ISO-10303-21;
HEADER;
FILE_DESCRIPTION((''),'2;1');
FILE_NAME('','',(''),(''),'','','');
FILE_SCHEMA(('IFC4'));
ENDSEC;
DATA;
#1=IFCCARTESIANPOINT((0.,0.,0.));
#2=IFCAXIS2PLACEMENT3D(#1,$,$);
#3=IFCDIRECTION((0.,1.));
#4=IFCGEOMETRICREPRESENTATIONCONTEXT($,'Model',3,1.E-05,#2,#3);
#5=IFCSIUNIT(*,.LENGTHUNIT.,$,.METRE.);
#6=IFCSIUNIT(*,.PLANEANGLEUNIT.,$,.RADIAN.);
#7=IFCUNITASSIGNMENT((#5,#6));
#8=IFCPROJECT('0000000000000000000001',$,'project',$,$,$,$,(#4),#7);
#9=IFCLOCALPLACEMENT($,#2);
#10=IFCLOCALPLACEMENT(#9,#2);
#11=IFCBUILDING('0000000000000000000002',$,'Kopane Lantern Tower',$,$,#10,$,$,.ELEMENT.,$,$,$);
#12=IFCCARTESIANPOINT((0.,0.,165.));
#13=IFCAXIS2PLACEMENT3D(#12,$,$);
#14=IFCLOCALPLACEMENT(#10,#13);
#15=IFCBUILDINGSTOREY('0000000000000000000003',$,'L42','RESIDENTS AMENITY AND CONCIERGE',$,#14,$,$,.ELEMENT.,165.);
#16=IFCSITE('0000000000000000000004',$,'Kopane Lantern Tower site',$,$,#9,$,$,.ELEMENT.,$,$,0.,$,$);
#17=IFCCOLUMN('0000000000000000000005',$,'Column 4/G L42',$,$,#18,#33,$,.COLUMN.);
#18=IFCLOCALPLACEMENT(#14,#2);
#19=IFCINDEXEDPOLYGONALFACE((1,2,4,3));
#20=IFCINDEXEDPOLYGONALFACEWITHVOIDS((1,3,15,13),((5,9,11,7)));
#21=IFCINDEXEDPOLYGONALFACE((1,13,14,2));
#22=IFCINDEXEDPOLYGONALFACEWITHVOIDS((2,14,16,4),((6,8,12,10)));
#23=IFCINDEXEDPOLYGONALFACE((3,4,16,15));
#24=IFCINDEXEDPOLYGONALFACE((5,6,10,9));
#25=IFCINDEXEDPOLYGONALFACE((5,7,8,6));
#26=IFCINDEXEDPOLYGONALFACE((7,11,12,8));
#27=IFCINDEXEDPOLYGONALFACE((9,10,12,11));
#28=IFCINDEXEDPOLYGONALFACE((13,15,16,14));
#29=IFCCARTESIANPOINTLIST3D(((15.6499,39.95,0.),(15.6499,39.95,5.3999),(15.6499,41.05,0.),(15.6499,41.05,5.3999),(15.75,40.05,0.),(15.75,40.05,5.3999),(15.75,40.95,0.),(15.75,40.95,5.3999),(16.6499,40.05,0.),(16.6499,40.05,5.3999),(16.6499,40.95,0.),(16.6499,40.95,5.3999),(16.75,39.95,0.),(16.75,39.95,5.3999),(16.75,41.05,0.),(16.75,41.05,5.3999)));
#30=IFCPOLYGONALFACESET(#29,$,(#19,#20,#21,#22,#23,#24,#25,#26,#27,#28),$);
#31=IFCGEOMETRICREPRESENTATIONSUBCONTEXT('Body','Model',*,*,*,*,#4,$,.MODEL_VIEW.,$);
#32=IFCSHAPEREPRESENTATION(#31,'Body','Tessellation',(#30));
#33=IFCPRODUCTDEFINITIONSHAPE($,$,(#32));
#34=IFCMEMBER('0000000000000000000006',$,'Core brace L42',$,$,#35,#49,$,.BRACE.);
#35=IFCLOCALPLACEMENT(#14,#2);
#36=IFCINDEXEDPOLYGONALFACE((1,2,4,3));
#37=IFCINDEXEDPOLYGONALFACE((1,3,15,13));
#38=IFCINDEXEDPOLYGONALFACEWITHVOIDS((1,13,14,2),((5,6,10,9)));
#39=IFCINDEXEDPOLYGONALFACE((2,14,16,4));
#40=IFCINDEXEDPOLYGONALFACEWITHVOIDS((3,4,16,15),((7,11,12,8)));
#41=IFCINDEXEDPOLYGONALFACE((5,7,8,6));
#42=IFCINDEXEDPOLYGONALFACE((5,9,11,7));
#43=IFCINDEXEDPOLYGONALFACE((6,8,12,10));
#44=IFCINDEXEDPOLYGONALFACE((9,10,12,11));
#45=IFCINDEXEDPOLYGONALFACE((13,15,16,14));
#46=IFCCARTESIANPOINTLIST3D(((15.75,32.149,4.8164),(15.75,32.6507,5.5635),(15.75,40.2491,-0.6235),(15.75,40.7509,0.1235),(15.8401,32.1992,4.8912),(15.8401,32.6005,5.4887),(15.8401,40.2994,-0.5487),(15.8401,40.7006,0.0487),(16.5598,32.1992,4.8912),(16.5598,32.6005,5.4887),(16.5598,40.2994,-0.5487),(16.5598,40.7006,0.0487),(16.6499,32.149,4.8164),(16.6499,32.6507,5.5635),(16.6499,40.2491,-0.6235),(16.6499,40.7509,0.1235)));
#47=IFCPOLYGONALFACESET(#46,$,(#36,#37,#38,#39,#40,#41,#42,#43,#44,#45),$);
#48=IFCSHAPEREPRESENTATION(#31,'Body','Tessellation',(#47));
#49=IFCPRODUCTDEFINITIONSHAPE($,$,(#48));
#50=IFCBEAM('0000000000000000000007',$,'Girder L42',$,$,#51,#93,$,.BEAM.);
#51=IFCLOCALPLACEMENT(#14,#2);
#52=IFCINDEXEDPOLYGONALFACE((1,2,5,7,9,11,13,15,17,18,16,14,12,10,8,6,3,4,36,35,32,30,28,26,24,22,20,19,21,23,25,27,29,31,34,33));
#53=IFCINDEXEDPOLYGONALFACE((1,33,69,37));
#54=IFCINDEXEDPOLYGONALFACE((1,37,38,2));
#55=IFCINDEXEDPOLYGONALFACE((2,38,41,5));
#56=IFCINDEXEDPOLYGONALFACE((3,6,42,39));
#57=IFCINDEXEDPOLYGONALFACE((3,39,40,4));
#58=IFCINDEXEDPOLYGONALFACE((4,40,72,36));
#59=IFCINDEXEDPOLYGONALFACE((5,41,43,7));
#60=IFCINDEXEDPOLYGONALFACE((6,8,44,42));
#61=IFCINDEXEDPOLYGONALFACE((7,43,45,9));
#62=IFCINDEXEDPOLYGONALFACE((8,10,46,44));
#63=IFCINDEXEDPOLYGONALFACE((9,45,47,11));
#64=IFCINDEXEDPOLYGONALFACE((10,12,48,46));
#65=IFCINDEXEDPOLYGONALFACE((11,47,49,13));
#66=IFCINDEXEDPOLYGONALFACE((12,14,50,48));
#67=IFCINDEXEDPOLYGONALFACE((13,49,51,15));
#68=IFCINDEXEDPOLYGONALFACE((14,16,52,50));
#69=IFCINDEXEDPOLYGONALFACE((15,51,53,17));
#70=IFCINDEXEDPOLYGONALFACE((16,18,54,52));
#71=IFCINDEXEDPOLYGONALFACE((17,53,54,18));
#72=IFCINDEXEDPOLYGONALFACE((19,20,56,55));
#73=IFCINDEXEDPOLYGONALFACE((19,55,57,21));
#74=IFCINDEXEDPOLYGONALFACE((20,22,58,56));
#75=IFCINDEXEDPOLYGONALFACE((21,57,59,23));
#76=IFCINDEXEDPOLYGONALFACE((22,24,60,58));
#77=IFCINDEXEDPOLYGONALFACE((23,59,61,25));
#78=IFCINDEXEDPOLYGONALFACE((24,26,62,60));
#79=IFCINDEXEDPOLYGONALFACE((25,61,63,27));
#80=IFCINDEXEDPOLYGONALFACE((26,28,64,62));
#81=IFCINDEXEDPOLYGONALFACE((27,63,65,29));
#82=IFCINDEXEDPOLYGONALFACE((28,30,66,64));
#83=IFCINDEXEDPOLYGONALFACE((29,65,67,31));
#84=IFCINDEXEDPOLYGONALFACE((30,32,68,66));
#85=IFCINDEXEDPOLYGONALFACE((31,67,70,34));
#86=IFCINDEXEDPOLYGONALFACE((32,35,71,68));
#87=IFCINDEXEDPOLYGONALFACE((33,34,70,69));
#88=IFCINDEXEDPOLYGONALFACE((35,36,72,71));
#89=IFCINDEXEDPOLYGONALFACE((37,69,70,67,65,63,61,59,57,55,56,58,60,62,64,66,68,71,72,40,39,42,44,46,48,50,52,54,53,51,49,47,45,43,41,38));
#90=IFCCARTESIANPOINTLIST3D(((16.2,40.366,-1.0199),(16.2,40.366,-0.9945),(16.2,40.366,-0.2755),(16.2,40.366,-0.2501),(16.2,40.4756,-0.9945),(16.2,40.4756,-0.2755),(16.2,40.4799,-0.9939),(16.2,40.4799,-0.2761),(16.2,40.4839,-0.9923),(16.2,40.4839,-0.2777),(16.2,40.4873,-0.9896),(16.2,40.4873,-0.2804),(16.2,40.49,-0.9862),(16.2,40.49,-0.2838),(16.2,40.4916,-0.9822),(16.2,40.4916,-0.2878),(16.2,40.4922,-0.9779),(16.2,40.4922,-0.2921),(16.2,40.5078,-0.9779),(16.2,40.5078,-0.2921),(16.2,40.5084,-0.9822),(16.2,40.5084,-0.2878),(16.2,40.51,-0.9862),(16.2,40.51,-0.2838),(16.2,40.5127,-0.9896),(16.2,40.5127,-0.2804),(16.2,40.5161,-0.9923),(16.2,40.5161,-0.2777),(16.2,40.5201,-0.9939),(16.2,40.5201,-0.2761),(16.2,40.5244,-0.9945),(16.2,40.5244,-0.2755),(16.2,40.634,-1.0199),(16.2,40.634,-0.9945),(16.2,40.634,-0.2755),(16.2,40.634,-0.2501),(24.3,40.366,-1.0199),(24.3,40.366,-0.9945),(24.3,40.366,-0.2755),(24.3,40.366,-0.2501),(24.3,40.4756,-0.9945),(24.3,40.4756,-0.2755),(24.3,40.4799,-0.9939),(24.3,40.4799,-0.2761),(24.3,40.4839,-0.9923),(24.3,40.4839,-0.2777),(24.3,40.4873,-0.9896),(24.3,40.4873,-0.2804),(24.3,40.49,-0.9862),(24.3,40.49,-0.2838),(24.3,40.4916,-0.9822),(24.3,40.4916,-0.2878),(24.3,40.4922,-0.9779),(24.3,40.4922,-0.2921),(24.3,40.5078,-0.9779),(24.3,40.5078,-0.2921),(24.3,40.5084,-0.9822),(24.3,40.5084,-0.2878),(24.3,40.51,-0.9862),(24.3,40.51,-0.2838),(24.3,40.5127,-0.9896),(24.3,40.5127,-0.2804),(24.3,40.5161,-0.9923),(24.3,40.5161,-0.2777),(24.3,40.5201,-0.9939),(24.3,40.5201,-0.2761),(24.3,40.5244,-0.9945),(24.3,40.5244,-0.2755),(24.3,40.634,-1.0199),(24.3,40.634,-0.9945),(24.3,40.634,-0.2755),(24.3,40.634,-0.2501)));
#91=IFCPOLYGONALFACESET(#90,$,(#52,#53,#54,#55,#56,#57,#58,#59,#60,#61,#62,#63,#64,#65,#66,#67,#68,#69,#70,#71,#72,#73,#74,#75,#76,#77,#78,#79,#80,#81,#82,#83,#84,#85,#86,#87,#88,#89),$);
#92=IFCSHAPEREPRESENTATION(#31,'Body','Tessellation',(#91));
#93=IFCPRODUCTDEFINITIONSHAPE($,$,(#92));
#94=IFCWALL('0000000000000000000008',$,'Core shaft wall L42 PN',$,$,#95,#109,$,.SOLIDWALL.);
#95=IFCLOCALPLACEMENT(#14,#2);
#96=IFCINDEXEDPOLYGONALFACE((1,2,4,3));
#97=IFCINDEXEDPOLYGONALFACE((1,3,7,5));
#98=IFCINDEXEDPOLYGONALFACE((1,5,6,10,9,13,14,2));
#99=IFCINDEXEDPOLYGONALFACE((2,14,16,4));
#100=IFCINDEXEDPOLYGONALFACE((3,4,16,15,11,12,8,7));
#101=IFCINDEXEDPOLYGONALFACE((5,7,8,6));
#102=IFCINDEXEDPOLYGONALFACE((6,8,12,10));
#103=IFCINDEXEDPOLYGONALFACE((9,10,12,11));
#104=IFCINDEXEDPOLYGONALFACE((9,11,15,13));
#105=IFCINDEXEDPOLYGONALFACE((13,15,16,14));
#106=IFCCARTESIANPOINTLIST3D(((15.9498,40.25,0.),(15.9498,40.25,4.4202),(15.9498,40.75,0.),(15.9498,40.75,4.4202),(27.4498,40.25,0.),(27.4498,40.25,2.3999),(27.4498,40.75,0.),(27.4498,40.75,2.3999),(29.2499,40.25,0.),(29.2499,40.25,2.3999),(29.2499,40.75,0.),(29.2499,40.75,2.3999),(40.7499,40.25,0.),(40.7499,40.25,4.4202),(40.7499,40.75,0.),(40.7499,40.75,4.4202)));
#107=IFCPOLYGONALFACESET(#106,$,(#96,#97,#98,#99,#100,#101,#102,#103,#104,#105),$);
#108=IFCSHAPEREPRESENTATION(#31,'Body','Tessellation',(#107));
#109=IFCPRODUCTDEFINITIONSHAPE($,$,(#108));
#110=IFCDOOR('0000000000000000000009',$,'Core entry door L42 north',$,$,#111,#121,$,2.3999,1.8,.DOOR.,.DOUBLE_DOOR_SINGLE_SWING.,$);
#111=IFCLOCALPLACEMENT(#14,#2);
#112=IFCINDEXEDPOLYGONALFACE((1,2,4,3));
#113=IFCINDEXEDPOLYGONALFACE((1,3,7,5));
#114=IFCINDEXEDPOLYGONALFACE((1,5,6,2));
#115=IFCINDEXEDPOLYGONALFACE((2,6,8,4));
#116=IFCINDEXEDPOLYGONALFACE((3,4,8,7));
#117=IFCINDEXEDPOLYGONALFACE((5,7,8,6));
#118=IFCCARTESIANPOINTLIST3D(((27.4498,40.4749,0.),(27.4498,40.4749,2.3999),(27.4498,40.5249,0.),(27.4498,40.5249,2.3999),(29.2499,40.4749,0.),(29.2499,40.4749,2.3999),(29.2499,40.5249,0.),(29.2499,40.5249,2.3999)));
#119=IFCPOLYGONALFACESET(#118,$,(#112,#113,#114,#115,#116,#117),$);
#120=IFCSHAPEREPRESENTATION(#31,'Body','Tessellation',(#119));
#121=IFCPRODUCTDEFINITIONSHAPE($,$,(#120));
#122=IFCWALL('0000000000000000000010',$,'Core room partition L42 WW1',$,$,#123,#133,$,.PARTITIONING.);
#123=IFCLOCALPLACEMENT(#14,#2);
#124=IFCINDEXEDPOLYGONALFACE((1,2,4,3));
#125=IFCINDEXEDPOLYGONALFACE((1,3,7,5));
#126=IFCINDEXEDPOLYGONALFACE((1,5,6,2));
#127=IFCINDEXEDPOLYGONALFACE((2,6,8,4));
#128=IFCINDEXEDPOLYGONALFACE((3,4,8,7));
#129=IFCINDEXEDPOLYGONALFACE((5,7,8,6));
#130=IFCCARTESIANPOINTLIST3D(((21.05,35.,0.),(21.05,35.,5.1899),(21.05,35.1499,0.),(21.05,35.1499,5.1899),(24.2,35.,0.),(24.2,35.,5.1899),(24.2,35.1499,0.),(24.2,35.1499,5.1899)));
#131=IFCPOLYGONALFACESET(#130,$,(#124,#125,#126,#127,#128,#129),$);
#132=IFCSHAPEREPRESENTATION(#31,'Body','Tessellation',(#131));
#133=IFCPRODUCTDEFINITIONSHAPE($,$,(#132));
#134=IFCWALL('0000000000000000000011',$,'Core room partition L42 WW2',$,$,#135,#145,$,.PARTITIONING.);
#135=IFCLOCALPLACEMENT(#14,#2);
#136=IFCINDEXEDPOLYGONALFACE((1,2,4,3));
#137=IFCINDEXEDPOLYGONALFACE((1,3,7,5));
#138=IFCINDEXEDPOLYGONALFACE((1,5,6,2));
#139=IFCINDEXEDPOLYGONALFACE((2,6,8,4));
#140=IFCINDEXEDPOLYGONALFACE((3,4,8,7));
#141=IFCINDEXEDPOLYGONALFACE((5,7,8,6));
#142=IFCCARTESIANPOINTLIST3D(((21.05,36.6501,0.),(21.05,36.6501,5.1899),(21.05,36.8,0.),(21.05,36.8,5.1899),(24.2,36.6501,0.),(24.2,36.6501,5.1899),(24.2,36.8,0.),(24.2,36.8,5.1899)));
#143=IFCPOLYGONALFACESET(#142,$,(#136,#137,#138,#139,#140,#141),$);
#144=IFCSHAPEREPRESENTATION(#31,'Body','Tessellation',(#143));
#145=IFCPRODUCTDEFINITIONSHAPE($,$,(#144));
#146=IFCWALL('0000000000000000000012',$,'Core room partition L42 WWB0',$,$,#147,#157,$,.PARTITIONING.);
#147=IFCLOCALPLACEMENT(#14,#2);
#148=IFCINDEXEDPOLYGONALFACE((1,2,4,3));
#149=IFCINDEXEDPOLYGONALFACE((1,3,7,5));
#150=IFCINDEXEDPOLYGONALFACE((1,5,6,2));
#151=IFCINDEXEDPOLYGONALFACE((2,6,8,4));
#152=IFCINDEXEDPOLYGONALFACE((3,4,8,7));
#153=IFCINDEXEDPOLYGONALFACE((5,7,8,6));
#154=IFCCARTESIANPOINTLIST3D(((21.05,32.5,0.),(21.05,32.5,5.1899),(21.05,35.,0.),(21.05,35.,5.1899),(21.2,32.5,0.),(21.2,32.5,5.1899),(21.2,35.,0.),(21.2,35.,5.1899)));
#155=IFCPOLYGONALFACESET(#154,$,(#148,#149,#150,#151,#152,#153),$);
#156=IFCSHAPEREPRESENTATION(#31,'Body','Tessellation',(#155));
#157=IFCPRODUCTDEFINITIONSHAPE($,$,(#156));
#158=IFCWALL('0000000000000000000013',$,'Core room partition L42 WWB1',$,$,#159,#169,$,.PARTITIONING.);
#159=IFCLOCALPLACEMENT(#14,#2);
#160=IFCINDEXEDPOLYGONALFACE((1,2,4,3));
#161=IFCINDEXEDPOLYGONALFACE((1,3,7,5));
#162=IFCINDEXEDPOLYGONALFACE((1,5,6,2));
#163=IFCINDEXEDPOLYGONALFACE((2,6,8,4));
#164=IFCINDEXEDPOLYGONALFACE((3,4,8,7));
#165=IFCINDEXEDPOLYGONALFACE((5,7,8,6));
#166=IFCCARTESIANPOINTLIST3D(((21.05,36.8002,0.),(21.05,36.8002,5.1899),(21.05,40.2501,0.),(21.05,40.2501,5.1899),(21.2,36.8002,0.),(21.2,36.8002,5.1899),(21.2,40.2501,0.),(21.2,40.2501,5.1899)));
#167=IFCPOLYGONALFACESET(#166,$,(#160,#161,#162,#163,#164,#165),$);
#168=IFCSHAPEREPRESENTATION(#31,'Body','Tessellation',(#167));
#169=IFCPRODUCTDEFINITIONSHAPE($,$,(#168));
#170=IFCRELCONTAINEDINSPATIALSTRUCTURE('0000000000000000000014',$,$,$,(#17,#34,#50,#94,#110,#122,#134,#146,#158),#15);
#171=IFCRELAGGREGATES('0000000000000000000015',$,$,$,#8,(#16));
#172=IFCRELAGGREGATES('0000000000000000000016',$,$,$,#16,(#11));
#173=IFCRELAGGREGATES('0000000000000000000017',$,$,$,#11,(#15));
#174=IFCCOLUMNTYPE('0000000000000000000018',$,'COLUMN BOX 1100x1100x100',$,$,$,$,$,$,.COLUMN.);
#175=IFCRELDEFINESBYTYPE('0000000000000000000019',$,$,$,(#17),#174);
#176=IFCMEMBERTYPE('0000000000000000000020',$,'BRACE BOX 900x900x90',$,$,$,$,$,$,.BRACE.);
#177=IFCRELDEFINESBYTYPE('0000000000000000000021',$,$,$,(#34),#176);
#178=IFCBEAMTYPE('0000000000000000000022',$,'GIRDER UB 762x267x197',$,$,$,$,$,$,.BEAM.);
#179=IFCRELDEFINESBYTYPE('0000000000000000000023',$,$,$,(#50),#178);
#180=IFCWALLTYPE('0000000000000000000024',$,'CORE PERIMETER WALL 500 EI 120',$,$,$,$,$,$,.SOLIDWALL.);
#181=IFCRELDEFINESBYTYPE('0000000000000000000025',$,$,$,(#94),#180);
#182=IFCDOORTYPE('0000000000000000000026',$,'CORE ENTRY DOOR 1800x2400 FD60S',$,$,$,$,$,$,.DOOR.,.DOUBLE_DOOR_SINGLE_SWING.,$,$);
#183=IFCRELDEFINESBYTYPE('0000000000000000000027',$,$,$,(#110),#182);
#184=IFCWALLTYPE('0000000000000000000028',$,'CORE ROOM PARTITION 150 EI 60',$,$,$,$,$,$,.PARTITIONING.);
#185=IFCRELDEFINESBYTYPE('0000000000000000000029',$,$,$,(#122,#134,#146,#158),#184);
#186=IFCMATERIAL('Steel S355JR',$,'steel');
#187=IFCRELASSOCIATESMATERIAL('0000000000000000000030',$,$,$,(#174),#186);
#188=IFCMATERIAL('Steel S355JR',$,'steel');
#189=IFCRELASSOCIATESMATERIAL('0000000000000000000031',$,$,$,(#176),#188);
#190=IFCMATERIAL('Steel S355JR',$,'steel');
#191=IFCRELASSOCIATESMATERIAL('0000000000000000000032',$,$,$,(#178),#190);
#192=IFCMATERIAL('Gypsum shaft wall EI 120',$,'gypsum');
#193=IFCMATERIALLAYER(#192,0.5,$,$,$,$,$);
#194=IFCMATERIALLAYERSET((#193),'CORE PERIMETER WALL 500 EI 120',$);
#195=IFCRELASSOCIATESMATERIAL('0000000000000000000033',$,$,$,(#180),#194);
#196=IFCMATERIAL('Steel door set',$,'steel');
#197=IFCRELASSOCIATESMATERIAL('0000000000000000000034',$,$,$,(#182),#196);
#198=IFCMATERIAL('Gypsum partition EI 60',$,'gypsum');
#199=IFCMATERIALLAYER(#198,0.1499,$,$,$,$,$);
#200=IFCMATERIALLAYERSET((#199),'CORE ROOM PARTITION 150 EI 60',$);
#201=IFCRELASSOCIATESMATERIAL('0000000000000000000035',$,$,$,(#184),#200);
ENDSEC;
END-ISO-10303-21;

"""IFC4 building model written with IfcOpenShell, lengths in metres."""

from ifc_helpers import new_model, si_unit, direction, frame, frame_2d, origin, origin_2d, place, context, subcontext, project, spatial, rectangle, hollow_rectangle, i_section, extrude, material, layer, layer_set, material_profile, profile_set, type_object, element, fill, save


model = new_model("IFC4")

# Units and contexts
model_context = context("Model", 3, precision=1e-05, world=origin(), true_north=direction((0.0, 1.0)))
body_context = subcontext(model_context, "Body", "Model", "MODEL_VIEW")
ifc_project = project(units=[si_unit("LENGTHUNIT", "METRE"), si_unit("PLANEANGLEUNIT", "RADIAN")], contexts=[model_context])

# Site, building, storey
site_placement = place(None, origin())
site = spatial("IfcSite", under=ifc_project, at=site_placement, Name="Kopane Lantern Tower site", CompositionType="ELEMENT", RefElevation=0.0)
building_placement = place(site_placement, origin())
building = spatial("IfcBuilding", under=site, at=building_placement, Name="Kopane Lantern Tower", CompositionType="ELEMENT")
storey_placement = place(building_placement, frame((0.0, 0.0, 165.0)))
storey = spatial("IfcBuildingStorey", under=building, at=storey_placement, Name="L42", Description="RESIDENTS AMENITY AND CONCIERGE", CompositionType="ELEMENT", Elevation=165.0)

# Column
ifc_material_1 = material(Name="Steel S355JR", Category="steel")
ifc_material_profile_1 = material_profile(ifc_material_1, hollow_rectangle(XDim=1.1001, YDim=1.1001, WallThickness=0.1001, at=origin_2d()), Name="BOX 1100x1100x100")
ifc_profile_set_1 = profile_set([ifc_material_profile_1], Name="Steel S355JR")
column_type = type_object("IfcColumnType", Name="COLUMN BOX 1100x1100x100", PredefinedType="COLUMN", material=ifc_profile_set_1)
column_placement = place(storey_placement, frame((16.2, 40.5, 0.0), z_axis=(0.0, 0.0, 1.0), x_axis=(1.0, 0.0, 0.0)))
element("IfcColumn", 1, at=column_placement, inside=storey, type_object=column_type, Name="Column 4/G L42", PredefinedType="COLUMN", context=body_context, shape_type="SweptSolid", body=[
    extrude(hollow_rectangle(XDim=1.1001, YDim=1.1001, WallThickness=0.1001, at=origin_2d()), origin(), (0.0, 0.0, 1.0), 5.3999),
])

# Member
ifc_material_2 = material(Name="Steel S355JR", Category="steel")
ifc_material_profile_2 = material_profile(ifc_material_2, hollow_rectangle(XDim=0.8999, YDim=0.8999, WallThickness=0.0901, at=origin_2d()), Name="BOX 900x900x90")
ifc_profile_set_2 = profile_set([ifc_material_profile_2], Name="Steel S355JR")
member_type = type_object("IfcMemberType", Name="BRACE BOX 900x900x90", PredefinedType="BRACE", material=ifc_profile_set_2)
member_placement = place(storey_placement, frame((16.2, 40.5, -0.25), z_axis=(0.0, -0.830159, 0.557526), x_axis=(1.0, 0.0, 0.0)))
element("IfcMember", 2, at=member_placement, inside=storey, type_object=member_type, Name="Core brace L42", PredefinedType="BRACE", context=body_context, shape_type="SweptSolid", body=[
    extrude(hollow_rectangle(XDim=0.8999, YDim=0.8999, WallThickness=0.0901, at=origin_2d()), origin(), (0.0, 0.0, 1.0), 9.7573),
])

# Beam
ifc_material_3 = material(Name="Steel S355JR", Category="steel")
ifc_material_profile_3 = material_profile(ifc_material_3, i_section(OverallWidth=0.2681, OverallDepth=0.7698, WebThickness=0.0156, FlangeThickness=0.0254, FilletRadius=0.0166, at=origin_2d()), Name="UB 762x267x197")
ifc_profile_set_3 = profile_set([ifc_material_profile_3], Name="Steel S355JR")
beam_type = type_object("IfcBeamType", Name="GIRDER UB 762x267x197", PredefinedType="BEAM", material=ifc_profile_set_3)
beam_placement = place(storey_placement, frame((16.2, 40.5, -0.635), z_axis=(1.0, 0.0, 0.0), x_axis=(0.0, 1.0, 0.0)))
element("IfcBeam", 3, at=beam_placement, inside=storey, type_object=beam_type, Name="Girder L42", PredefinedType="BEAM", context=body_context, shape_type="SweptSolid", body=[
    extrude(i_section(OverallWidth=0.2681, OverallDepth=0.7698, WebThickness=0.0156, FlangeThickness=0.0254, FilletRadius=0.0166, at=origin_2d()), origin(), (0.0, 0.0, 1.0), 8.1001),
])

# Wall, opening, door
ifc_material_4 = material(Name="Gypsum shaft wall EI 120", Category="gypsum")
ifc_layer_1 = layer(ifc_material_4, 0.5)
ifc_layer_set_1 = layer_set([ifc_layer_1], Name="CORE PERIMETER WALL 500 EI 120")
wall_type_1 = type_object("IfcWallType", Name="CORE PERIMETER WALL 500 EI 120", PredefinedType="SOLIDWALL", material=ifc_layer_set_1)
wall_1_placement = place(storey_placement, frame((15.95, 40.5, 0.0), z_axis=(0.0, 0.0, 1.0), x_axis=(1.0, 0.0, 0.0)))
wall_1 = element("IfcWall", 4, at=wall_1_placement, inside=storey, type_object=wall_type_1, Name="Core shaft wall L42 PN", PredefinedType="SOLIDWALL", context=body_context, shape_type="SweptSolid", body=[
    extrude(rectangle(XDim=24.8, YDim=0.5, at=frame_2d((12.3999, 0.0))), origin(), (0.0, 0.0, 1.0), 4.4202),
])
opening_1_placement = place(wall_1_placement, frame((11.5, 0.0, 0.0)))
opening_1 = element("IfcOpeningElement", 5, at=opening_1_placement, cuts=wall_1, PredefinedType="OPENING", context=body_context, shape_type="SweptSolid", body=[
    extrude(rectangle(XDim=1.8, YDim=2.3999, at=frame_2d((0.8999, 1.2))), frame((0.0, 0.26, 0.0), z_axis=(0.0, -1.0, 0.0), x_axis=(1.0, 0.0, 0.0)), (0.0, 0.0, 1.0), 0.52),
])
ifc_material_5 = material(Name="Steel door set", Category="steel")
door_type_1 = type_object("IfcDoorType", Name="CORE ENTRY DOOR 1800x2400 FD60S", OperationType="DOUBLE_DOOR_SINGLE_SWING", PredefinedType="DOOR", material=ifc_material_5)
door_1_placement = place(opening_1_placement, origin())
door_1 = element("IfcDoor", 6, at=door_1_placement, inside=storey, type_object=door_type_1, Name="Core entry door L42 north", OperationType="DOUBLE_DOOR_SINGLE_SWING", OverallHeight=2.3999, OverallWidth=1.8, PredefinedType="DOOR", context=body_context, shape_type="SweptSolid", body=[
    extrude(rectangle(XDim=1.8, YDim=2.3999, at=frame_2d((0.8999, 1.2))), frame((0.0, 0.0249, 0.0), z_axis=(0.0, -1.0, 0.0), x_axis=(1.0, 0.0, 0.0)), (0.0, 0.0, 1.0), 0.05),
])
fill(opening_1, door_1)

# Walls
ifc_material_6 = material(Name="Gypsum partition EI 60", Category="gypsum")
ifc_layer_2 = layer(ifc_material_6, 0.1499)
ifc_layer_set_2 = layer_set([ifc_layer_2], Name="CORE ROOM PARTITION 150 EI 60")
wall_type_2 = type_object("IfcWallType", Name="CORE ROOM PARTITION 150 EI 60", PredefinedType="PARTITIONING", material=ifc_layer_set_2)
for number, where, z_axis, x_axis, name in (
    (7, (21.05, 35.075, 0.0), (0.0, 0.0, 1.0), (1.0, 0.0, 0.0), "Core room partition L42 WW1"),
    (8, (21.05, 36.7251, 0.0), (0.0, 0.0, 1.0), (1.0, 0.0, 0.0), "Core room partition L42 WW2"),
):
    element("IfcWall", number, at=place(storey_placement, frame(where, z_axis=z_axis, x_axis=x_axis)), inside=storey, type_object=wall_type_2, Name=name, PredefinedType="PARTITIONING", context=body_context, shape_type="SweptSolid", body=[
        extrude(rectangle(XDim=3.1499, YDim=0.1499, at=frame_2d((1.575, 0.0))), origin(), (0.0, 0.0, 1.0), 5.1899),
    ])
wall_2_placement = place(storey_placement, frame((21.125, 32.5, 0.0), z_axis=(0.0, 0.0, 1.0), x_axis=(0.0, 1.0, 0.0)))
element("IfcWall", 9, at=wall_2_placement, inside=storey, type_object=wall_type_2, Name="Core room partition L42 WWB0", PredefinedType="PARTITIONING", context=body_context, shape_type="SweptSolid", body=[
    extrude(rectangle(XDim=2.5, YDim=0.1499, at=frame_2d((1.25, 0.0))), origin(), (0.0, 0.0, 1.0), 5.1899),
])
wall_3_placement = place(storey_placement, frame((21.125, 36.8, 0.0), z_axis=(0.0, 0.0, 1.0), x_axis=(0.0, 1.0, 0.0)))
element("IfcWall", 10, at=wall_3_placement, inside=storey, type_object=wall_type_2, Name="Core room partition L42 WWB1", PredefinedType="PARTITIONING", context=body_context, shape_type="SweptSolid", body=[
    extrude(rectangle(XDim=3.45, YDim=0.1499, at=frame_2d((1.7251, 0.0))), origin(), (0.0, 0.0, 1.0), 5.1899),
])

save(model, "model.ifc")
